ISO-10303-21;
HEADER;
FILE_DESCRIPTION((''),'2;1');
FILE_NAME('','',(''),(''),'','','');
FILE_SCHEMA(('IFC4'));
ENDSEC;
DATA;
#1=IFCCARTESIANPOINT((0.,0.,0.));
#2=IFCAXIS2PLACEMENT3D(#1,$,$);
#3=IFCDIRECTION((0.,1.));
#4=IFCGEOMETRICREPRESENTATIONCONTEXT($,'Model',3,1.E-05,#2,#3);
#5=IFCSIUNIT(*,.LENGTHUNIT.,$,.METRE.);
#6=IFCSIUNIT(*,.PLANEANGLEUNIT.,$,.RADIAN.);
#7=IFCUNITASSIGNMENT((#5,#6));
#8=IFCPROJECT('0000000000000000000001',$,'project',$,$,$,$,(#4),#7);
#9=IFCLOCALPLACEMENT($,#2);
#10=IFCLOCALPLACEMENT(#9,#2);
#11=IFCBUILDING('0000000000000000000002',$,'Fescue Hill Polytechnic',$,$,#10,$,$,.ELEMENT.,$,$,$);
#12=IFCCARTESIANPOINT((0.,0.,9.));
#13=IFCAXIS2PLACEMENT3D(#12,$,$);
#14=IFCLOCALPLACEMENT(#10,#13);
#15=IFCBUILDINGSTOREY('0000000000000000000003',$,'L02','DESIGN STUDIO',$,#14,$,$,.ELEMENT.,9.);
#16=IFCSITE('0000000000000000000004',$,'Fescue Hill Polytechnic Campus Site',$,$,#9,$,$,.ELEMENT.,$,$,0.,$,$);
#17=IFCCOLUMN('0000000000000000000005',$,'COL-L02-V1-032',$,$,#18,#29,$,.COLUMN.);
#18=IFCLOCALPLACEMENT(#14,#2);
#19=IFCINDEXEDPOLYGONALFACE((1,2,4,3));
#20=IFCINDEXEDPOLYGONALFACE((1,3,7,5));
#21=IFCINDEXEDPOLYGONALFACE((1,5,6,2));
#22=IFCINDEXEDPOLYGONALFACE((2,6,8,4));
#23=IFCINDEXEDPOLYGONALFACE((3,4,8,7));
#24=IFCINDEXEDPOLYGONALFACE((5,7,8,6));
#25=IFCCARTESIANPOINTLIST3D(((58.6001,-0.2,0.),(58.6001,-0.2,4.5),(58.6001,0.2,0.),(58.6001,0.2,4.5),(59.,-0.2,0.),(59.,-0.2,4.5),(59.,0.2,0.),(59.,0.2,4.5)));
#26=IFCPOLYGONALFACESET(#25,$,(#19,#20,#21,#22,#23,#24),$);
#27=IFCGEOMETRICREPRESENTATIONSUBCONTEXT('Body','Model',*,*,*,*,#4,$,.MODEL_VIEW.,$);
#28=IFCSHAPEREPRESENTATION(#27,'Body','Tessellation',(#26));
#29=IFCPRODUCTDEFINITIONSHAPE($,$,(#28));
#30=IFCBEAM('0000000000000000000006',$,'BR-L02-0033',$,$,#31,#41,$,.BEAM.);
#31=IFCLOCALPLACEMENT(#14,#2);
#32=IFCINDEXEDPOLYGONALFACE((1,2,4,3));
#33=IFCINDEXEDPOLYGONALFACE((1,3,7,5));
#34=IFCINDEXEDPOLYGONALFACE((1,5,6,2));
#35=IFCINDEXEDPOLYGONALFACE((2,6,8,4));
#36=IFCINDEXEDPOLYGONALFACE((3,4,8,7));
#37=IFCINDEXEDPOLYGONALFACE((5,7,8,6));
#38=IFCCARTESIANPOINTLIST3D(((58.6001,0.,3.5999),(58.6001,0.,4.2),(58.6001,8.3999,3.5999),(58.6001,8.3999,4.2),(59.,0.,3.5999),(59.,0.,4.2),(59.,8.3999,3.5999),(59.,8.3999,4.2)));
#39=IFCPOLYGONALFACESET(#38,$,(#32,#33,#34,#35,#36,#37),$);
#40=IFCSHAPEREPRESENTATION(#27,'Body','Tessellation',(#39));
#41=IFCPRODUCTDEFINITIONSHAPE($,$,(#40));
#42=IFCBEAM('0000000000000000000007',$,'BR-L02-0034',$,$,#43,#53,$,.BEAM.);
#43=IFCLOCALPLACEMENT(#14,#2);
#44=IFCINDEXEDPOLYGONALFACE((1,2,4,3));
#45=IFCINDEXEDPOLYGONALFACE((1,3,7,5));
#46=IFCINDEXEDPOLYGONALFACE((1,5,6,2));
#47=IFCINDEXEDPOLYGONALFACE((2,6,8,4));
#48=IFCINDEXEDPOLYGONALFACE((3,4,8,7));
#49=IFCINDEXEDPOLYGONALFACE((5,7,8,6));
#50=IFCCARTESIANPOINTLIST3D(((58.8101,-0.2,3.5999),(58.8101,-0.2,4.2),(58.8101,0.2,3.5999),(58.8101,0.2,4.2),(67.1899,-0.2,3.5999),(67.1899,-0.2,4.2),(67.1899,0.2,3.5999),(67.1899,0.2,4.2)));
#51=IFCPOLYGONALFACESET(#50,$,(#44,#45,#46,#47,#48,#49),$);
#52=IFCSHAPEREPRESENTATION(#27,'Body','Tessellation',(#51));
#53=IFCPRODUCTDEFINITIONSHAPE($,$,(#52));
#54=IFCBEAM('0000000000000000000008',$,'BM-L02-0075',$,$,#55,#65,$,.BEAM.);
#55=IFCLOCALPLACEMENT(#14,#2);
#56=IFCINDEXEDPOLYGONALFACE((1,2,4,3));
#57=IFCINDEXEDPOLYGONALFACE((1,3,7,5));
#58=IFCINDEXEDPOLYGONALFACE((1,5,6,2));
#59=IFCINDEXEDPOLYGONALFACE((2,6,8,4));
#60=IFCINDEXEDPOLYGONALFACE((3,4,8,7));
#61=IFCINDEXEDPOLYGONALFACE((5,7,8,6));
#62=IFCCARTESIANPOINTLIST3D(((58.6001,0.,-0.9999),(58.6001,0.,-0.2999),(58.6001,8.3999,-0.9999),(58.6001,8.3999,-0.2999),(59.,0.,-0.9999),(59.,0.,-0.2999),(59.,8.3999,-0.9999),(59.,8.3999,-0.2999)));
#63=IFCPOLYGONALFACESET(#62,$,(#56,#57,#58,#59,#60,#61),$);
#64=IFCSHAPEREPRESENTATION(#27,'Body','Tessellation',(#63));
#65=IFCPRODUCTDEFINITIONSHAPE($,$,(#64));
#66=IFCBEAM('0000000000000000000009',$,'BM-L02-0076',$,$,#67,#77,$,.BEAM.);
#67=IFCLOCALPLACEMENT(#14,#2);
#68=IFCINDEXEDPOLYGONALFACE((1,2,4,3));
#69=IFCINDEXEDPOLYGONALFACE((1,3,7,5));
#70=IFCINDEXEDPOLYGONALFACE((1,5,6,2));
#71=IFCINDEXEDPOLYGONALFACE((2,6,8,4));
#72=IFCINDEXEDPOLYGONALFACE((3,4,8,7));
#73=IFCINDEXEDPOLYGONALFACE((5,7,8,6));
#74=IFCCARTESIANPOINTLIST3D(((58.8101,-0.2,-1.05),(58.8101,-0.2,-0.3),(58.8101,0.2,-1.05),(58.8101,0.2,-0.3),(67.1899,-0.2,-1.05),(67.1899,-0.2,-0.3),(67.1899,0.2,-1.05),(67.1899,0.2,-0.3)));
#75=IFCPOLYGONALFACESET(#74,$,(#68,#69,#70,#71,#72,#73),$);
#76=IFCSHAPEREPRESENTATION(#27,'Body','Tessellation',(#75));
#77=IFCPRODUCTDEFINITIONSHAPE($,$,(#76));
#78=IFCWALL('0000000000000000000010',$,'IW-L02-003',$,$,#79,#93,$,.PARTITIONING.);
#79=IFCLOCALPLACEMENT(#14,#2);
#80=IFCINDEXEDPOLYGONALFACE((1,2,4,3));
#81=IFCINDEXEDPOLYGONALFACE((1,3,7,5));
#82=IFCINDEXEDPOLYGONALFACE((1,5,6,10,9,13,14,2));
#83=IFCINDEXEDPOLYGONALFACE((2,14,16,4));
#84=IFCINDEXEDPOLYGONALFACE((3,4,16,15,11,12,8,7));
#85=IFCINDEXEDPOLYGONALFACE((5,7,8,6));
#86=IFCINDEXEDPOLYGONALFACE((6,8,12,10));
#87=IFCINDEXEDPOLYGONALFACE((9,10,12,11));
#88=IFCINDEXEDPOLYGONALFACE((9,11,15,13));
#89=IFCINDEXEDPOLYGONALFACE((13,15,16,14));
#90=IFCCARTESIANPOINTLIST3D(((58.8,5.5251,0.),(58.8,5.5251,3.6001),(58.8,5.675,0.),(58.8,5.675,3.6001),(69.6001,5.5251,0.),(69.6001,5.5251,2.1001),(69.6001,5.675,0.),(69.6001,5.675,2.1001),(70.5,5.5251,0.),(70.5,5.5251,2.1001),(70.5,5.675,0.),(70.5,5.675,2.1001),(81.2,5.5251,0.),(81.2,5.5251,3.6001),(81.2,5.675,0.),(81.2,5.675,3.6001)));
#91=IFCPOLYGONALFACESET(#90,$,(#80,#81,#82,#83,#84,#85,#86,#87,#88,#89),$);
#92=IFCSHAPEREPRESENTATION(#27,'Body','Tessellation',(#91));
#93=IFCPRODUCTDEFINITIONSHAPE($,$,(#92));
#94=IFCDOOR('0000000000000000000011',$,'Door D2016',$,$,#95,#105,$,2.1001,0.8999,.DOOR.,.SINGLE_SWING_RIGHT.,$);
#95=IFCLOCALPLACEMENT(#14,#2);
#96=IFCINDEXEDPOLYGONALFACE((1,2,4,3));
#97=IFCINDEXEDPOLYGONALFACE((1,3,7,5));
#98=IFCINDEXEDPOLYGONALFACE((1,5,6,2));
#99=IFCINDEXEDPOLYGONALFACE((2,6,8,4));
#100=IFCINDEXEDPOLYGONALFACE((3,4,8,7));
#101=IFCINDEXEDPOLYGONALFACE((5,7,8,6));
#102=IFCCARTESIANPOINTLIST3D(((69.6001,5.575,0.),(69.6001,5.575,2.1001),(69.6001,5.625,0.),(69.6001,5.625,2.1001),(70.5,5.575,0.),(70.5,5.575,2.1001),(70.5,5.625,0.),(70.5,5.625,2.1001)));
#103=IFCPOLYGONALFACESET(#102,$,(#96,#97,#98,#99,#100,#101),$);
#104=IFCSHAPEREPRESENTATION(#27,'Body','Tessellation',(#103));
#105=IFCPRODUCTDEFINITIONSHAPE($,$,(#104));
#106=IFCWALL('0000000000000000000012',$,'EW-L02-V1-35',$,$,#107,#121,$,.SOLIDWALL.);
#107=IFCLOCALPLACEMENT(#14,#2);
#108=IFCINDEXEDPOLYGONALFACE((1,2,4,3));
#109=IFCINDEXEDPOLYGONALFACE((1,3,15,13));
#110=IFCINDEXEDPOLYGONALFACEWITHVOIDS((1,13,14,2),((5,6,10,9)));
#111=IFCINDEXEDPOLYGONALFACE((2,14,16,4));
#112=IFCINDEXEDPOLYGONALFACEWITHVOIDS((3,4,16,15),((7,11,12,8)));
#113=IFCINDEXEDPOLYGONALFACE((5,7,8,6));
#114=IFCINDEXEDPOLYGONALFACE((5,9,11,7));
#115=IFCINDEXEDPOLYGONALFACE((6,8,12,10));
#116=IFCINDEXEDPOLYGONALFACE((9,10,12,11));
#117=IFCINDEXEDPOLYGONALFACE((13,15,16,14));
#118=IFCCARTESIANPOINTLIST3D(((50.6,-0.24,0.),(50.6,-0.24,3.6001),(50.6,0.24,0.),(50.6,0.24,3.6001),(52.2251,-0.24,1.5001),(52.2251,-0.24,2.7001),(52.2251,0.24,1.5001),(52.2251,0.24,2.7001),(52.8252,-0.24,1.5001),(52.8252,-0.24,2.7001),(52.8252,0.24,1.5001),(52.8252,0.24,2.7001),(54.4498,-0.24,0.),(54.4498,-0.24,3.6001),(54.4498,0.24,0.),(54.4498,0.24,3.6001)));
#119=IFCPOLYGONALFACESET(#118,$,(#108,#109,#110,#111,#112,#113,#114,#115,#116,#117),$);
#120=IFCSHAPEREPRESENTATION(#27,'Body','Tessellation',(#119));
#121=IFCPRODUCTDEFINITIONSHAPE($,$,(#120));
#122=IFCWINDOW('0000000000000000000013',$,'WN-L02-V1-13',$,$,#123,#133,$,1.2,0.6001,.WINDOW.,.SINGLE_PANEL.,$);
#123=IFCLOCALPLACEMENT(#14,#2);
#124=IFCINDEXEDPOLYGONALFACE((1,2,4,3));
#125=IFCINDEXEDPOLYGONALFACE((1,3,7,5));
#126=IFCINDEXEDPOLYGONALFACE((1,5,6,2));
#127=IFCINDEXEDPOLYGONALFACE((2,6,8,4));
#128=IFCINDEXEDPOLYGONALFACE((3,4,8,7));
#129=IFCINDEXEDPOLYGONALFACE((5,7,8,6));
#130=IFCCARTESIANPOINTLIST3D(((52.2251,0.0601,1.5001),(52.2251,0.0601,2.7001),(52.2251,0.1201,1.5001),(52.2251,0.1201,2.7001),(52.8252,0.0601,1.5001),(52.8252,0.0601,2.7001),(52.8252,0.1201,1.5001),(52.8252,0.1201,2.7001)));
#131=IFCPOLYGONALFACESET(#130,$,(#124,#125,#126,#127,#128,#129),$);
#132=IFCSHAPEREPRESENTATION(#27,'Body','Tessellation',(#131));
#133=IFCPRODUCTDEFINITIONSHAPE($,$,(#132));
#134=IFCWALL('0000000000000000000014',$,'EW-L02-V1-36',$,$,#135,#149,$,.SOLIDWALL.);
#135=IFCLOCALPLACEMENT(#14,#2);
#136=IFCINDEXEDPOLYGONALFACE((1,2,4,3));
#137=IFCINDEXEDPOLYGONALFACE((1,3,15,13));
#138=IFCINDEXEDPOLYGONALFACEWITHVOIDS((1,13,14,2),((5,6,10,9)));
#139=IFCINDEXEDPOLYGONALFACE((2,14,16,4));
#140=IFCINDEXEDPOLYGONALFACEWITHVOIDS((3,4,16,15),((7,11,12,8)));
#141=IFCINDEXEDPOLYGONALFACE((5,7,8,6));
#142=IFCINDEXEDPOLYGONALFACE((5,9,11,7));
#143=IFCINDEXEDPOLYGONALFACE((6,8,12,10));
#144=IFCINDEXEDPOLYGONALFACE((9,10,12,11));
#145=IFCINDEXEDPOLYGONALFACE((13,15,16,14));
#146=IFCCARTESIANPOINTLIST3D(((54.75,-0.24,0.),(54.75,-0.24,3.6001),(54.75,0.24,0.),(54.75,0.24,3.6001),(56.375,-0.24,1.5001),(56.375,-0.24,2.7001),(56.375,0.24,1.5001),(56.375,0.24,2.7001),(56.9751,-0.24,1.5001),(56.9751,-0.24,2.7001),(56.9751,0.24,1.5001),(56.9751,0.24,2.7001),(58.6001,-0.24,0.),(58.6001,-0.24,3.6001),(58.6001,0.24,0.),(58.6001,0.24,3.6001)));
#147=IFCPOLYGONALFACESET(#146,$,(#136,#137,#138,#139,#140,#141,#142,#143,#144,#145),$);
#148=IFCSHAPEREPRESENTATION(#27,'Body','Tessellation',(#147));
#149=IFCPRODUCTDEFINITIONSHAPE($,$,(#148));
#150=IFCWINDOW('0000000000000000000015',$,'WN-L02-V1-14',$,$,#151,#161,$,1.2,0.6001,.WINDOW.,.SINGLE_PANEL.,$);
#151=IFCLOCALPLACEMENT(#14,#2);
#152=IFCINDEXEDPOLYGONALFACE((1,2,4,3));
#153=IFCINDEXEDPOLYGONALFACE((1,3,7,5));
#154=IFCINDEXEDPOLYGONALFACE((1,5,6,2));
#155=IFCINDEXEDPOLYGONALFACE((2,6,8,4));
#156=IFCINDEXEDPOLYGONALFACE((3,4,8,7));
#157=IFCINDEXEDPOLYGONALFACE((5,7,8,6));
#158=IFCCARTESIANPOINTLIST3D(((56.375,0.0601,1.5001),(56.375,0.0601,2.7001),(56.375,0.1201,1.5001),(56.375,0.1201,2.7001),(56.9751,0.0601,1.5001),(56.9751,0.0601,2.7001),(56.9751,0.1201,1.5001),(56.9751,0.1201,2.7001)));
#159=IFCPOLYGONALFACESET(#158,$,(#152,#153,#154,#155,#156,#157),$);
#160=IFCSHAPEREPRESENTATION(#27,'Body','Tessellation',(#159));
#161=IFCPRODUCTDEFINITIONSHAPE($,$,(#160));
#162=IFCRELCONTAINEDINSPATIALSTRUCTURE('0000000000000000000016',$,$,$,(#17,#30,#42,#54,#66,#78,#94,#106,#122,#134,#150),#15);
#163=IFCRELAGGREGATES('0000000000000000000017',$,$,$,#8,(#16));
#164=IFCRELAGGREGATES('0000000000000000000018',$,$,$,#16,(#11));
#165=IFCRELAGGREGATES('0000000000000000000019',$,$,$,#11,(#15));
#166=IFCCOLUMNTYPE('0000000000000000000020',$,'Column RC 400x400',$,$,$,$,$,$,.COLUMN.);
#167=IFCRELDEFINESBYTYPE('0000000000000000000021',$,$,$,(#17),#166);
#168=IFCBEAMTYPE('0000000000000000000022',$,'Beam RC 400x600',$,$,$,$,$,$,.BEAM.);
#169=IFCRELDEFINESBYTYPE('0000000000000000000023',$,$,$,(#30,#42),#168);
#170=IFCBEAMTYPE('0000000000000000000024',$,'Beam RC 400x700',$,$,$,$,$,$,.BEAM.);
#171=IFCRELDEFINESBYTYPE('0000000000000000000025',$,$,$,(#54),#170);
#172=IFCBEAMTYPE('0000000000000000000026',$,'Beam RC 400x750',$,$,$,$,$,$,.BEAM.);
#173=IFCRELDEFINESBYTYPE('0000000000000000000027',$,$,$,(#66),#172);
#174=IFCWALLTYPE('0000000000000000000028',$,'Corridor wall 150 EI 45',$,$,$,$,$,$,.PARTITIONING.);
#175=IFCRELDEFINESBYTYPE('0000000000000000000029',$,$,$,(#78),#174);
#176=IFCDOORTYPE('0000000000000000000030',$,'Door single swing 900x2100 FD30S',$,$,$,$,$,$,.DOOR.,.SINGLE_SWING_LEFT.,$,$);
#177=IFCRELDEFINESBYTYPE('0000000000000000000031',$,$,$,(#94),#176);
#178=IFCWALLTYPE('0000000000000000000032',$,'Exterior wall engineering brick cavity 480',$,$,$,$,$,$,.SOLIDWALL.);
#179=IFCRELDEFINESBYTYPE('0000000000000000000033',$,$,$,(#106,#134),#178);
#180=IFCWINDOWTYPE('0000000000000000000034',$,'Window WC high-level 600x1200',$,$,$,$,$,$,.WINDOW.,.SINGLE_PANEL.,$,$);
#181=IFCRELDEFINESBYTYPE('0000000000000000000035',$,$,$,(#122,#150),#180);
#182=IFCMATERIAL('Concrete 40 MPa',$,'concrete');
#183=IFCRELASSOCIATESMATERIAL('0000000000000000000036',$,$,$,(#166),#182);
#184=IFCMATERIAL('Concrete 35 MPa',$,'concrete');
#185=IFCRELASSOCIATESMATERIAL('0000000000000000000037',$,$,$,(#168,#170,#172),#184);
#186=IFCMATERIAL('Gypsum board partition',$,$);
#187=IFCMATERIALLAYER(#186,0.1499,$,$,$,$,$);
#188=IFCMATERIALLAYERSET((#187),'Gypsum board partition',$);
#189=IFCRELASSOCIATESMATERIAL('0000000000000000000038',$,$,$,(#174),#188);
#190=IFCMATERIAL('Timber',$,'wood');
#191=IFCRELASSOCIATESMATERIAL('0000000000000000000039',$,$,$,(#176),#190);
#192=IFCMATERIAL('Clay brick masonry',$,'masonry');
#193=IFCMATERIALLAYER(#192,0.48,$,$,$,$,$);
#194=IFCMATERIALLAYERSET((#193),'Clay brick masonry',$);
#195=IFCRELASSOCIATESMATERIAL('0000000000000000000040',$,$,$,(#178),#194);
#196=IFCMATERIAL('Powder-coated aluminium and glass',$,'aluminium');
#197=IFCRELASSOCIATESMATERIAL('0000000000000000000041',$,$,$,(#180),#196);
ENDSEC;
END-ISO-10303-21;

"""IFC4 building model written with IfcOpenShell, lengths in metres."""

from ifc_helpers import new_model, si_unit, direction, frame, frame_2d, origin, origin_2d, place, context, subcontext, project, spatial, rectangle, extrude, material, layer, layer_set, material_profile, profile_set, type_object, element, fill, save


model = new_model("IFC4")

# Units and contexts
model_context = context("Model", 3, precision=1e-05, world=origin(), true_north=direction((0.0, 1.0)))
body_context = subcontext(model_context, "Body", "Model", "MODEL_VIEW")
ifc_project = project(units=[si_unit("LENGTHUNIT", "METRE"), si_unit("PLANEANGLEUNIT", "RADIAN")], contexts=[model_context])

# Site, building, storey
site_placement = place(None, origin())
site = spatial("IfcSite", under=ifc_project, at=site_placement, Name="Fescue Hill Polytechnic Campus Site", CompositionType="ELEMENT", RefElevation=0.0)
building_placement = place(site_placement, origin())
building = spatial("IfcBuilding", under=site, at=building_placement, Name="Fescue Hill Polytechnic", CompositionType="ELEMENT")
storey_placement = place(building_placement, frame((0.0, 0.0, 9.0)))
storey = spatial("IfcBuildingStorey", under=building, at=storey_placement, Name="L02", Description="DESIGN STUDIO", CompositionType="ELEMENT", Elevation=9.0)

# Column
ifc_material_1 = material(Name="Concrete 40 MPa", Category="concrete")
ifc_material_profile_1 = material_profile(ifc_material_1, rectangle(XDim=0.3999, YDim=0.3999, at=origin_2d()), Name="RC 400x400")
ifc_profile_set_1 = profile_set([ifc_material_profile_1], Name="Concrete 40 MPa")
column_type = type_object("IfcColumnType", Name="Column RC 400x400", PredefinedType="COLUMN", material=ifc_profile_set_1)
column_placement = place(storey_placement, frame((58.8, 0.0, 0.0), z_axis=(0.0, 0.0, 1.0), x_axis=(1.0, 0.0, 0.0)))
element("IfcColumn", 1, at=column_placement, inside=storey, type_object=column_type, Name="COL-L02-V1-032", PredefinedType="COLUMN", context=body_context, shape_type="SweptSolid", body=[
    extrude(rectangle(XDim=0.3999, YDim=0.3999, at=origin_2d()), origin(), (0.0, 0.0, 1.0), 4.5),
])

# Beams
ifc_material_2 = material(Name="Concrete 35 MPa", Category="concrete")
ifc_material_profile_2 = material_profile(ifc_material_2, rectangle(XDim=0.3999, YDim=0.6001, at=origin_2d()), Name="RC 400x600")
ifc_profile_set_2 = profile_set([ifc_material_profile_2], Name="Concrete 35 MPa")
beam_type_1 = type_object("IfcBeamType", Name="Beam RC 400x600", PredefinedType="BEAM", material=ifc_profile_set_2)
beam_1_placement = place(storey_placement, frame((58.8, 0.0, 3.8999), z_axis=(0.0, 1.0, 0.0), x_axis=(-1.0, 0.0, 0.0)))
element("IfcBeam", 2, at=beam_1_placement, inside=storey, type_object=beam_type_1, Name="BR-L02-0033", PredefinedType="BEAM", context=body_context, shape_type="SweptSolid", body=[
    extrude(rectangle(XDim=0.3999, YDim=0.6001, at=origin_2d()), origin(), (0.0, 0.0, 1.0), 8.3999),
])
beam_2_placement = place(storey_placement, frame((58.8101, 0.0, 3.8999), z_axis=(1.0, 0.0, 0.0), x_axis=(0.0, 1.0, 0.0)))
element("IfcBeam", 3, at=beam_2_placement, inside=storey, type_object=beam_type_1, Name="BR-L02-0034", PredefinedType="BEAM", context=body_context, shape_type="SweptSolid", body=[
    extrude(rectangle(XDim=0.3999, YDim=0.6001, at=origin_2d()), origin(), (0.0, 0.0, 1.0), 8.3799),
])
ifc_material_profile_3 = material_profile(ifc_material_2, rectangle(XDim=0.3999, YDim=0.7, at=origin_2d()), Name="RC 400x700")
ifc_profile_set_3 = profile_set([ifc_material_profile_3], Name="Concrete 35 MPa")
beam_type_2 = type_object("IfcBeamType", Name="Beam RC 400x700", PredefinedType="BEAM", material=ifc_profile_set_3)
beam_3_placement = place(storey_placement, frame((58.8, 0.0, -0.6499), z_axis=(0.0, 1.0, 0.0), x_axis=(-1.0, 0.0, 0.0)))
element("IfcBeam", 4, at=beam_3_placement, inside=storey, type_object=beam_type_2, Name="BM-L02-0075", PredefinedType="BEAM", context=body_context, shape_type="SweptSolid", body=[
    extrude(rectangle(XDim=0.3999, YDim=0.7, at=origin_2d()), origin(), (0.0, 0.0, 1.0), 8.3999),
])
ifc_material_profile_4 = material_profile(ifc_material_2, rectangle(XDim=0.3999, YDim=0.75, at=origin_2d()), Name="RC 400x750")
ifc_profile_set_4 = profile_set([ifc_material_profile_4], Name="Concrete 35 MPa")
beam_type_3 = type_object("IfcBeamType", Name="Beam RC 400x750", PredefinedType="BEAM", material=ifc_profile_set_4)
beam_4_placement = place(storey_placement, frame((58.8101, 0.0, -0.675), z_axis=(1.0, 0.0, 0.0), x_axis=(0.0, 1.0, 0.0)))
element("IfcBeam", 5, at=beam_4_placement, inside=storey, type_object=beam_type_3, Name="BM-L02-0076", PredefinedType="BEAM", context=body_context, shape_type="SweptSolid", body=[
    extrude(rectangle(XDim=0.3999, YDim=0.75, at=origin_2d()), origin(), (0.0, 0.0, 1.0), 8.3799),
])

# Wall, opening, door
ifc_material_3 = material(Name="Gypsum board partition")
ifc_layer_1 = layer(ifc_material_3, 0.1499)
ifc_layer_set_1 = layer_set([ifc_layer_1], Name="Gypsum board partition")
wall_type_1 = type_object("IfcWallType", Name="Corridor wall 150 EI 45", PredefinedType="PARTITIONING", material=ifc_layer_set_1)
wall_1_placement = place(storey_placement, frame((58.8, 5.6001, 0.0), z_axis=(0.0, 0.0, 1.0), x_axis=(1.0, 0.0, 0.0)))
wall_1 = element("IfcWall", 6, at=wall_1_placement, inside=storey, type_object=wall_type_1, Name="IW-L02-003", PredefinedType="PARTITIONING", context=body_context, shape_type="SweptSolid", body=[
    extrude(rectangle(XDim=22.3999, YDim=0.1499, at=frame_2d((11.2, 0.0))), origin(), (0.0, 0.0, 1.0), 3.6001),
])
opening_1_placement = place(wall_1_placement, frame((10.8, 0.0, 0.0)))
opening_1 = element("IfcOpeningElement", 7, at=opening_1_placement, cuts=wall_1, PredefinedType="OPENING", context=body_context, shape_type="SweptSolid", body=[
    extrude(rectangle(XDim=0.8999, YDim=2.1001, at=frame_2d((0.45, 1.05))), frame((0.0, 0.085, 0.0), z_axis=(0.0, -1.0, 0.0), x_axis=(1.0, 0.0, 0.0)), (0.0, 0.0, 1.0), 0.1699),
])
ifc_material_4 = material(Name="Timber", Category="wood")
door_type = type_object("IfcDoorType", Name="Door single swing 900x2100 FD30S", OperationType="SINGLE_SWING_LEFT", PredefinedType="DOOR", material=ifc_material_4)
door_placement = place(opening_1_placement, origin())
door = element("IfcDoor", 8, at=door_placement, inside=storey, type_object=door_type, Name="Door D2016", OperationType="SINGLE_SWING_RIGHT", OverallHeight=2.1001, OverallWidth=0.8999, PredefinedType="DOOR", context=body_context, shape_type="SweptSolid", body=[
    extrude(rectangle(XDim=0.8999, YDim=2.1001, at=frame_2d((0.45, 1.05))), frame((0.0, 0.0249, 0.0), z_axis=(0.0, -1.0, 0.0), x_axis=(1.0, 0.0, 0.0)), (0.0, 0.0, 1.0), 0.05),
])
fill(opening_1, door)

# Walls, openings, windows
ifc_material_5 = material(Name="Clay brick masonry", Category="masonry")
ifc_layer_2 = layer(ifc_material_5, 0.48)
ifc_layer_set_2 = layer_set([ifc_layer_2], Name="Clay brick masonry")
wall_type_2 = type_object("IfcWallType", Name="Exterior wall engineering brick cavity 480", PredefinedType="SOLIDWALL", material=ifc_layer_set_2)
wall_2_placement = place(storey_placement, frame((50.6001, 0.0, 0.0), z_axis=(0.0, 0.0, 1.0), x_axis=(1.0, 0.0, 0.0)))
wall_2 = element("IfcWall", 9, at=wall_2_placement, inside=storey, type_object=wall_type_2, Name="EW-L02-V1-35", PredefinedType="SOLIDWALL", context=body_context, shape_type="SweptSolid", body=[
    extrude(rectangle(XDim=3.8499, YDim=0.48, at=frame_2d((1.9248, 0.0))), origin(), (0.0, 0.0, 1.0), 3.6001),
])
opening_2_placement = place(wall_2_placement, frame((1.625, 0.0, 1.5)))
opening_2 = element("IfcOpeningElement", 10, at=opening_2_placement, cuts=wall_2, PredefinedType="OPENING", context=body_context, shape_type="SweptSolid", body=[
    extrude(rectangle(XDim=0.6001, YDim=1.2, at=frame_2d((0.3, 0.6001))), frame((0.0, 0.25, 0.0), z_axis=(0.0, -1.0, 0.0), x_axis=(1.0, 0.0, 0.0)), (0.0, 0.0, 1.0), 0.5),
])
ifc_material_6 = material(Name="Powder-coated aluminium and glass", Category="aluminium")
window_type_1 = type_object("IfcWindowType", Name="Window WC high-level 600x1200", PartitioningType="SINGLE_PANEL", PredefinedType="WINDOW", material=ifc_material_6)
window_1_placement = place(opening_2_placement, origin())
window_1 = element("IfcWindow", 11, at=window_1_placement, inside=storey, type_object=window_type_1, Name="WN-L02-V1-13", OverallHeight=1.2, OverallWidth=0.6001, PartitioningType="SINGLE_PANEL", PredefinedType="WINDOW", context=body_context, shape_type="SweptSolid", body=[
    extrude(rectangle(XDim=0.6001, YDim=1.2, at=frame_2d((0.3, 0.6001))), frame((0.0, 0.1201, 0.0), z_axis=(0.0, -1.0, 0.0), x_axis=(1.0, 0.0, 0.0)), (0.0, 0.0, 1.0), 0.0601),
])
fill(opening_2, window_1)
wall_3_placement = place(storey_placement, frame((54.75, 0.0, 0.0), z_axis=(0.0, 0.0, 1.0), x_axis=(1.0, 0.0, 0.0)))
wall_3 = element("IfcWall", 12, at=wall_3_placement, inside=storey, type_object=wall_type_2, Name="EW-L02-V1-36", PredefinedType="SOLIDWALL", context=body_context, shape_type="SweptSolid", body=[
    extrude(rectangle(XDim=3.8501, YDim=0.48, at=frame_2d((1.925, 0.0))), origin(), (0.0, 0.0, 1.0), 3.6001),
])
opening_3_placement = place(wall_3_placement, frame((1.625, 0.0, 1.5)))
opening_3 = element("IfcOpeningElement", 13, at=opening_3_placement, cuts=wall_3, PredefinedType="OPENING", context=body_context, shape_type="SweptSolid", body=[
    extrude(rectangle(XDim=0.6001, YDim=1.2, at=frame_2d((0.3, 0.6001))), frame((0.0, 0.25, 0.0), z_axis=(0.0, -1.0, 0.0), x_axis=(1.0, 0.0, 0.0)), (0.0, 0.0, 1.0), 0.5),
])
window_2_placement = place(opening_3_placement, origin())
window_2 = element("IfcWindow", 14, at=window_2_placement, inside=storey, type_object=window_type_1, Name="WN-L02-V1-14", OverallHeight=1.2, OverallWidth=0.6001, PartitioningType="SINGLE_PANEL", PredefinedType="WINDOW", context=body_context, shape_type="SweptSolid", body=[
    extrude(rectangle(XDim=0.6001, YDim=1.2, at=frame_2d((0.3, 0.6001))), frame((0.0, 0.1201, 0.0), z_axis=(0.0, -1.0, 0.0), x_axis=(1.0, 0.0, 0.0)), (0.0, 0.0, 1.0), 0.0601),
])
fill(opening_3, window_2)

save(model, "model.ifc")
